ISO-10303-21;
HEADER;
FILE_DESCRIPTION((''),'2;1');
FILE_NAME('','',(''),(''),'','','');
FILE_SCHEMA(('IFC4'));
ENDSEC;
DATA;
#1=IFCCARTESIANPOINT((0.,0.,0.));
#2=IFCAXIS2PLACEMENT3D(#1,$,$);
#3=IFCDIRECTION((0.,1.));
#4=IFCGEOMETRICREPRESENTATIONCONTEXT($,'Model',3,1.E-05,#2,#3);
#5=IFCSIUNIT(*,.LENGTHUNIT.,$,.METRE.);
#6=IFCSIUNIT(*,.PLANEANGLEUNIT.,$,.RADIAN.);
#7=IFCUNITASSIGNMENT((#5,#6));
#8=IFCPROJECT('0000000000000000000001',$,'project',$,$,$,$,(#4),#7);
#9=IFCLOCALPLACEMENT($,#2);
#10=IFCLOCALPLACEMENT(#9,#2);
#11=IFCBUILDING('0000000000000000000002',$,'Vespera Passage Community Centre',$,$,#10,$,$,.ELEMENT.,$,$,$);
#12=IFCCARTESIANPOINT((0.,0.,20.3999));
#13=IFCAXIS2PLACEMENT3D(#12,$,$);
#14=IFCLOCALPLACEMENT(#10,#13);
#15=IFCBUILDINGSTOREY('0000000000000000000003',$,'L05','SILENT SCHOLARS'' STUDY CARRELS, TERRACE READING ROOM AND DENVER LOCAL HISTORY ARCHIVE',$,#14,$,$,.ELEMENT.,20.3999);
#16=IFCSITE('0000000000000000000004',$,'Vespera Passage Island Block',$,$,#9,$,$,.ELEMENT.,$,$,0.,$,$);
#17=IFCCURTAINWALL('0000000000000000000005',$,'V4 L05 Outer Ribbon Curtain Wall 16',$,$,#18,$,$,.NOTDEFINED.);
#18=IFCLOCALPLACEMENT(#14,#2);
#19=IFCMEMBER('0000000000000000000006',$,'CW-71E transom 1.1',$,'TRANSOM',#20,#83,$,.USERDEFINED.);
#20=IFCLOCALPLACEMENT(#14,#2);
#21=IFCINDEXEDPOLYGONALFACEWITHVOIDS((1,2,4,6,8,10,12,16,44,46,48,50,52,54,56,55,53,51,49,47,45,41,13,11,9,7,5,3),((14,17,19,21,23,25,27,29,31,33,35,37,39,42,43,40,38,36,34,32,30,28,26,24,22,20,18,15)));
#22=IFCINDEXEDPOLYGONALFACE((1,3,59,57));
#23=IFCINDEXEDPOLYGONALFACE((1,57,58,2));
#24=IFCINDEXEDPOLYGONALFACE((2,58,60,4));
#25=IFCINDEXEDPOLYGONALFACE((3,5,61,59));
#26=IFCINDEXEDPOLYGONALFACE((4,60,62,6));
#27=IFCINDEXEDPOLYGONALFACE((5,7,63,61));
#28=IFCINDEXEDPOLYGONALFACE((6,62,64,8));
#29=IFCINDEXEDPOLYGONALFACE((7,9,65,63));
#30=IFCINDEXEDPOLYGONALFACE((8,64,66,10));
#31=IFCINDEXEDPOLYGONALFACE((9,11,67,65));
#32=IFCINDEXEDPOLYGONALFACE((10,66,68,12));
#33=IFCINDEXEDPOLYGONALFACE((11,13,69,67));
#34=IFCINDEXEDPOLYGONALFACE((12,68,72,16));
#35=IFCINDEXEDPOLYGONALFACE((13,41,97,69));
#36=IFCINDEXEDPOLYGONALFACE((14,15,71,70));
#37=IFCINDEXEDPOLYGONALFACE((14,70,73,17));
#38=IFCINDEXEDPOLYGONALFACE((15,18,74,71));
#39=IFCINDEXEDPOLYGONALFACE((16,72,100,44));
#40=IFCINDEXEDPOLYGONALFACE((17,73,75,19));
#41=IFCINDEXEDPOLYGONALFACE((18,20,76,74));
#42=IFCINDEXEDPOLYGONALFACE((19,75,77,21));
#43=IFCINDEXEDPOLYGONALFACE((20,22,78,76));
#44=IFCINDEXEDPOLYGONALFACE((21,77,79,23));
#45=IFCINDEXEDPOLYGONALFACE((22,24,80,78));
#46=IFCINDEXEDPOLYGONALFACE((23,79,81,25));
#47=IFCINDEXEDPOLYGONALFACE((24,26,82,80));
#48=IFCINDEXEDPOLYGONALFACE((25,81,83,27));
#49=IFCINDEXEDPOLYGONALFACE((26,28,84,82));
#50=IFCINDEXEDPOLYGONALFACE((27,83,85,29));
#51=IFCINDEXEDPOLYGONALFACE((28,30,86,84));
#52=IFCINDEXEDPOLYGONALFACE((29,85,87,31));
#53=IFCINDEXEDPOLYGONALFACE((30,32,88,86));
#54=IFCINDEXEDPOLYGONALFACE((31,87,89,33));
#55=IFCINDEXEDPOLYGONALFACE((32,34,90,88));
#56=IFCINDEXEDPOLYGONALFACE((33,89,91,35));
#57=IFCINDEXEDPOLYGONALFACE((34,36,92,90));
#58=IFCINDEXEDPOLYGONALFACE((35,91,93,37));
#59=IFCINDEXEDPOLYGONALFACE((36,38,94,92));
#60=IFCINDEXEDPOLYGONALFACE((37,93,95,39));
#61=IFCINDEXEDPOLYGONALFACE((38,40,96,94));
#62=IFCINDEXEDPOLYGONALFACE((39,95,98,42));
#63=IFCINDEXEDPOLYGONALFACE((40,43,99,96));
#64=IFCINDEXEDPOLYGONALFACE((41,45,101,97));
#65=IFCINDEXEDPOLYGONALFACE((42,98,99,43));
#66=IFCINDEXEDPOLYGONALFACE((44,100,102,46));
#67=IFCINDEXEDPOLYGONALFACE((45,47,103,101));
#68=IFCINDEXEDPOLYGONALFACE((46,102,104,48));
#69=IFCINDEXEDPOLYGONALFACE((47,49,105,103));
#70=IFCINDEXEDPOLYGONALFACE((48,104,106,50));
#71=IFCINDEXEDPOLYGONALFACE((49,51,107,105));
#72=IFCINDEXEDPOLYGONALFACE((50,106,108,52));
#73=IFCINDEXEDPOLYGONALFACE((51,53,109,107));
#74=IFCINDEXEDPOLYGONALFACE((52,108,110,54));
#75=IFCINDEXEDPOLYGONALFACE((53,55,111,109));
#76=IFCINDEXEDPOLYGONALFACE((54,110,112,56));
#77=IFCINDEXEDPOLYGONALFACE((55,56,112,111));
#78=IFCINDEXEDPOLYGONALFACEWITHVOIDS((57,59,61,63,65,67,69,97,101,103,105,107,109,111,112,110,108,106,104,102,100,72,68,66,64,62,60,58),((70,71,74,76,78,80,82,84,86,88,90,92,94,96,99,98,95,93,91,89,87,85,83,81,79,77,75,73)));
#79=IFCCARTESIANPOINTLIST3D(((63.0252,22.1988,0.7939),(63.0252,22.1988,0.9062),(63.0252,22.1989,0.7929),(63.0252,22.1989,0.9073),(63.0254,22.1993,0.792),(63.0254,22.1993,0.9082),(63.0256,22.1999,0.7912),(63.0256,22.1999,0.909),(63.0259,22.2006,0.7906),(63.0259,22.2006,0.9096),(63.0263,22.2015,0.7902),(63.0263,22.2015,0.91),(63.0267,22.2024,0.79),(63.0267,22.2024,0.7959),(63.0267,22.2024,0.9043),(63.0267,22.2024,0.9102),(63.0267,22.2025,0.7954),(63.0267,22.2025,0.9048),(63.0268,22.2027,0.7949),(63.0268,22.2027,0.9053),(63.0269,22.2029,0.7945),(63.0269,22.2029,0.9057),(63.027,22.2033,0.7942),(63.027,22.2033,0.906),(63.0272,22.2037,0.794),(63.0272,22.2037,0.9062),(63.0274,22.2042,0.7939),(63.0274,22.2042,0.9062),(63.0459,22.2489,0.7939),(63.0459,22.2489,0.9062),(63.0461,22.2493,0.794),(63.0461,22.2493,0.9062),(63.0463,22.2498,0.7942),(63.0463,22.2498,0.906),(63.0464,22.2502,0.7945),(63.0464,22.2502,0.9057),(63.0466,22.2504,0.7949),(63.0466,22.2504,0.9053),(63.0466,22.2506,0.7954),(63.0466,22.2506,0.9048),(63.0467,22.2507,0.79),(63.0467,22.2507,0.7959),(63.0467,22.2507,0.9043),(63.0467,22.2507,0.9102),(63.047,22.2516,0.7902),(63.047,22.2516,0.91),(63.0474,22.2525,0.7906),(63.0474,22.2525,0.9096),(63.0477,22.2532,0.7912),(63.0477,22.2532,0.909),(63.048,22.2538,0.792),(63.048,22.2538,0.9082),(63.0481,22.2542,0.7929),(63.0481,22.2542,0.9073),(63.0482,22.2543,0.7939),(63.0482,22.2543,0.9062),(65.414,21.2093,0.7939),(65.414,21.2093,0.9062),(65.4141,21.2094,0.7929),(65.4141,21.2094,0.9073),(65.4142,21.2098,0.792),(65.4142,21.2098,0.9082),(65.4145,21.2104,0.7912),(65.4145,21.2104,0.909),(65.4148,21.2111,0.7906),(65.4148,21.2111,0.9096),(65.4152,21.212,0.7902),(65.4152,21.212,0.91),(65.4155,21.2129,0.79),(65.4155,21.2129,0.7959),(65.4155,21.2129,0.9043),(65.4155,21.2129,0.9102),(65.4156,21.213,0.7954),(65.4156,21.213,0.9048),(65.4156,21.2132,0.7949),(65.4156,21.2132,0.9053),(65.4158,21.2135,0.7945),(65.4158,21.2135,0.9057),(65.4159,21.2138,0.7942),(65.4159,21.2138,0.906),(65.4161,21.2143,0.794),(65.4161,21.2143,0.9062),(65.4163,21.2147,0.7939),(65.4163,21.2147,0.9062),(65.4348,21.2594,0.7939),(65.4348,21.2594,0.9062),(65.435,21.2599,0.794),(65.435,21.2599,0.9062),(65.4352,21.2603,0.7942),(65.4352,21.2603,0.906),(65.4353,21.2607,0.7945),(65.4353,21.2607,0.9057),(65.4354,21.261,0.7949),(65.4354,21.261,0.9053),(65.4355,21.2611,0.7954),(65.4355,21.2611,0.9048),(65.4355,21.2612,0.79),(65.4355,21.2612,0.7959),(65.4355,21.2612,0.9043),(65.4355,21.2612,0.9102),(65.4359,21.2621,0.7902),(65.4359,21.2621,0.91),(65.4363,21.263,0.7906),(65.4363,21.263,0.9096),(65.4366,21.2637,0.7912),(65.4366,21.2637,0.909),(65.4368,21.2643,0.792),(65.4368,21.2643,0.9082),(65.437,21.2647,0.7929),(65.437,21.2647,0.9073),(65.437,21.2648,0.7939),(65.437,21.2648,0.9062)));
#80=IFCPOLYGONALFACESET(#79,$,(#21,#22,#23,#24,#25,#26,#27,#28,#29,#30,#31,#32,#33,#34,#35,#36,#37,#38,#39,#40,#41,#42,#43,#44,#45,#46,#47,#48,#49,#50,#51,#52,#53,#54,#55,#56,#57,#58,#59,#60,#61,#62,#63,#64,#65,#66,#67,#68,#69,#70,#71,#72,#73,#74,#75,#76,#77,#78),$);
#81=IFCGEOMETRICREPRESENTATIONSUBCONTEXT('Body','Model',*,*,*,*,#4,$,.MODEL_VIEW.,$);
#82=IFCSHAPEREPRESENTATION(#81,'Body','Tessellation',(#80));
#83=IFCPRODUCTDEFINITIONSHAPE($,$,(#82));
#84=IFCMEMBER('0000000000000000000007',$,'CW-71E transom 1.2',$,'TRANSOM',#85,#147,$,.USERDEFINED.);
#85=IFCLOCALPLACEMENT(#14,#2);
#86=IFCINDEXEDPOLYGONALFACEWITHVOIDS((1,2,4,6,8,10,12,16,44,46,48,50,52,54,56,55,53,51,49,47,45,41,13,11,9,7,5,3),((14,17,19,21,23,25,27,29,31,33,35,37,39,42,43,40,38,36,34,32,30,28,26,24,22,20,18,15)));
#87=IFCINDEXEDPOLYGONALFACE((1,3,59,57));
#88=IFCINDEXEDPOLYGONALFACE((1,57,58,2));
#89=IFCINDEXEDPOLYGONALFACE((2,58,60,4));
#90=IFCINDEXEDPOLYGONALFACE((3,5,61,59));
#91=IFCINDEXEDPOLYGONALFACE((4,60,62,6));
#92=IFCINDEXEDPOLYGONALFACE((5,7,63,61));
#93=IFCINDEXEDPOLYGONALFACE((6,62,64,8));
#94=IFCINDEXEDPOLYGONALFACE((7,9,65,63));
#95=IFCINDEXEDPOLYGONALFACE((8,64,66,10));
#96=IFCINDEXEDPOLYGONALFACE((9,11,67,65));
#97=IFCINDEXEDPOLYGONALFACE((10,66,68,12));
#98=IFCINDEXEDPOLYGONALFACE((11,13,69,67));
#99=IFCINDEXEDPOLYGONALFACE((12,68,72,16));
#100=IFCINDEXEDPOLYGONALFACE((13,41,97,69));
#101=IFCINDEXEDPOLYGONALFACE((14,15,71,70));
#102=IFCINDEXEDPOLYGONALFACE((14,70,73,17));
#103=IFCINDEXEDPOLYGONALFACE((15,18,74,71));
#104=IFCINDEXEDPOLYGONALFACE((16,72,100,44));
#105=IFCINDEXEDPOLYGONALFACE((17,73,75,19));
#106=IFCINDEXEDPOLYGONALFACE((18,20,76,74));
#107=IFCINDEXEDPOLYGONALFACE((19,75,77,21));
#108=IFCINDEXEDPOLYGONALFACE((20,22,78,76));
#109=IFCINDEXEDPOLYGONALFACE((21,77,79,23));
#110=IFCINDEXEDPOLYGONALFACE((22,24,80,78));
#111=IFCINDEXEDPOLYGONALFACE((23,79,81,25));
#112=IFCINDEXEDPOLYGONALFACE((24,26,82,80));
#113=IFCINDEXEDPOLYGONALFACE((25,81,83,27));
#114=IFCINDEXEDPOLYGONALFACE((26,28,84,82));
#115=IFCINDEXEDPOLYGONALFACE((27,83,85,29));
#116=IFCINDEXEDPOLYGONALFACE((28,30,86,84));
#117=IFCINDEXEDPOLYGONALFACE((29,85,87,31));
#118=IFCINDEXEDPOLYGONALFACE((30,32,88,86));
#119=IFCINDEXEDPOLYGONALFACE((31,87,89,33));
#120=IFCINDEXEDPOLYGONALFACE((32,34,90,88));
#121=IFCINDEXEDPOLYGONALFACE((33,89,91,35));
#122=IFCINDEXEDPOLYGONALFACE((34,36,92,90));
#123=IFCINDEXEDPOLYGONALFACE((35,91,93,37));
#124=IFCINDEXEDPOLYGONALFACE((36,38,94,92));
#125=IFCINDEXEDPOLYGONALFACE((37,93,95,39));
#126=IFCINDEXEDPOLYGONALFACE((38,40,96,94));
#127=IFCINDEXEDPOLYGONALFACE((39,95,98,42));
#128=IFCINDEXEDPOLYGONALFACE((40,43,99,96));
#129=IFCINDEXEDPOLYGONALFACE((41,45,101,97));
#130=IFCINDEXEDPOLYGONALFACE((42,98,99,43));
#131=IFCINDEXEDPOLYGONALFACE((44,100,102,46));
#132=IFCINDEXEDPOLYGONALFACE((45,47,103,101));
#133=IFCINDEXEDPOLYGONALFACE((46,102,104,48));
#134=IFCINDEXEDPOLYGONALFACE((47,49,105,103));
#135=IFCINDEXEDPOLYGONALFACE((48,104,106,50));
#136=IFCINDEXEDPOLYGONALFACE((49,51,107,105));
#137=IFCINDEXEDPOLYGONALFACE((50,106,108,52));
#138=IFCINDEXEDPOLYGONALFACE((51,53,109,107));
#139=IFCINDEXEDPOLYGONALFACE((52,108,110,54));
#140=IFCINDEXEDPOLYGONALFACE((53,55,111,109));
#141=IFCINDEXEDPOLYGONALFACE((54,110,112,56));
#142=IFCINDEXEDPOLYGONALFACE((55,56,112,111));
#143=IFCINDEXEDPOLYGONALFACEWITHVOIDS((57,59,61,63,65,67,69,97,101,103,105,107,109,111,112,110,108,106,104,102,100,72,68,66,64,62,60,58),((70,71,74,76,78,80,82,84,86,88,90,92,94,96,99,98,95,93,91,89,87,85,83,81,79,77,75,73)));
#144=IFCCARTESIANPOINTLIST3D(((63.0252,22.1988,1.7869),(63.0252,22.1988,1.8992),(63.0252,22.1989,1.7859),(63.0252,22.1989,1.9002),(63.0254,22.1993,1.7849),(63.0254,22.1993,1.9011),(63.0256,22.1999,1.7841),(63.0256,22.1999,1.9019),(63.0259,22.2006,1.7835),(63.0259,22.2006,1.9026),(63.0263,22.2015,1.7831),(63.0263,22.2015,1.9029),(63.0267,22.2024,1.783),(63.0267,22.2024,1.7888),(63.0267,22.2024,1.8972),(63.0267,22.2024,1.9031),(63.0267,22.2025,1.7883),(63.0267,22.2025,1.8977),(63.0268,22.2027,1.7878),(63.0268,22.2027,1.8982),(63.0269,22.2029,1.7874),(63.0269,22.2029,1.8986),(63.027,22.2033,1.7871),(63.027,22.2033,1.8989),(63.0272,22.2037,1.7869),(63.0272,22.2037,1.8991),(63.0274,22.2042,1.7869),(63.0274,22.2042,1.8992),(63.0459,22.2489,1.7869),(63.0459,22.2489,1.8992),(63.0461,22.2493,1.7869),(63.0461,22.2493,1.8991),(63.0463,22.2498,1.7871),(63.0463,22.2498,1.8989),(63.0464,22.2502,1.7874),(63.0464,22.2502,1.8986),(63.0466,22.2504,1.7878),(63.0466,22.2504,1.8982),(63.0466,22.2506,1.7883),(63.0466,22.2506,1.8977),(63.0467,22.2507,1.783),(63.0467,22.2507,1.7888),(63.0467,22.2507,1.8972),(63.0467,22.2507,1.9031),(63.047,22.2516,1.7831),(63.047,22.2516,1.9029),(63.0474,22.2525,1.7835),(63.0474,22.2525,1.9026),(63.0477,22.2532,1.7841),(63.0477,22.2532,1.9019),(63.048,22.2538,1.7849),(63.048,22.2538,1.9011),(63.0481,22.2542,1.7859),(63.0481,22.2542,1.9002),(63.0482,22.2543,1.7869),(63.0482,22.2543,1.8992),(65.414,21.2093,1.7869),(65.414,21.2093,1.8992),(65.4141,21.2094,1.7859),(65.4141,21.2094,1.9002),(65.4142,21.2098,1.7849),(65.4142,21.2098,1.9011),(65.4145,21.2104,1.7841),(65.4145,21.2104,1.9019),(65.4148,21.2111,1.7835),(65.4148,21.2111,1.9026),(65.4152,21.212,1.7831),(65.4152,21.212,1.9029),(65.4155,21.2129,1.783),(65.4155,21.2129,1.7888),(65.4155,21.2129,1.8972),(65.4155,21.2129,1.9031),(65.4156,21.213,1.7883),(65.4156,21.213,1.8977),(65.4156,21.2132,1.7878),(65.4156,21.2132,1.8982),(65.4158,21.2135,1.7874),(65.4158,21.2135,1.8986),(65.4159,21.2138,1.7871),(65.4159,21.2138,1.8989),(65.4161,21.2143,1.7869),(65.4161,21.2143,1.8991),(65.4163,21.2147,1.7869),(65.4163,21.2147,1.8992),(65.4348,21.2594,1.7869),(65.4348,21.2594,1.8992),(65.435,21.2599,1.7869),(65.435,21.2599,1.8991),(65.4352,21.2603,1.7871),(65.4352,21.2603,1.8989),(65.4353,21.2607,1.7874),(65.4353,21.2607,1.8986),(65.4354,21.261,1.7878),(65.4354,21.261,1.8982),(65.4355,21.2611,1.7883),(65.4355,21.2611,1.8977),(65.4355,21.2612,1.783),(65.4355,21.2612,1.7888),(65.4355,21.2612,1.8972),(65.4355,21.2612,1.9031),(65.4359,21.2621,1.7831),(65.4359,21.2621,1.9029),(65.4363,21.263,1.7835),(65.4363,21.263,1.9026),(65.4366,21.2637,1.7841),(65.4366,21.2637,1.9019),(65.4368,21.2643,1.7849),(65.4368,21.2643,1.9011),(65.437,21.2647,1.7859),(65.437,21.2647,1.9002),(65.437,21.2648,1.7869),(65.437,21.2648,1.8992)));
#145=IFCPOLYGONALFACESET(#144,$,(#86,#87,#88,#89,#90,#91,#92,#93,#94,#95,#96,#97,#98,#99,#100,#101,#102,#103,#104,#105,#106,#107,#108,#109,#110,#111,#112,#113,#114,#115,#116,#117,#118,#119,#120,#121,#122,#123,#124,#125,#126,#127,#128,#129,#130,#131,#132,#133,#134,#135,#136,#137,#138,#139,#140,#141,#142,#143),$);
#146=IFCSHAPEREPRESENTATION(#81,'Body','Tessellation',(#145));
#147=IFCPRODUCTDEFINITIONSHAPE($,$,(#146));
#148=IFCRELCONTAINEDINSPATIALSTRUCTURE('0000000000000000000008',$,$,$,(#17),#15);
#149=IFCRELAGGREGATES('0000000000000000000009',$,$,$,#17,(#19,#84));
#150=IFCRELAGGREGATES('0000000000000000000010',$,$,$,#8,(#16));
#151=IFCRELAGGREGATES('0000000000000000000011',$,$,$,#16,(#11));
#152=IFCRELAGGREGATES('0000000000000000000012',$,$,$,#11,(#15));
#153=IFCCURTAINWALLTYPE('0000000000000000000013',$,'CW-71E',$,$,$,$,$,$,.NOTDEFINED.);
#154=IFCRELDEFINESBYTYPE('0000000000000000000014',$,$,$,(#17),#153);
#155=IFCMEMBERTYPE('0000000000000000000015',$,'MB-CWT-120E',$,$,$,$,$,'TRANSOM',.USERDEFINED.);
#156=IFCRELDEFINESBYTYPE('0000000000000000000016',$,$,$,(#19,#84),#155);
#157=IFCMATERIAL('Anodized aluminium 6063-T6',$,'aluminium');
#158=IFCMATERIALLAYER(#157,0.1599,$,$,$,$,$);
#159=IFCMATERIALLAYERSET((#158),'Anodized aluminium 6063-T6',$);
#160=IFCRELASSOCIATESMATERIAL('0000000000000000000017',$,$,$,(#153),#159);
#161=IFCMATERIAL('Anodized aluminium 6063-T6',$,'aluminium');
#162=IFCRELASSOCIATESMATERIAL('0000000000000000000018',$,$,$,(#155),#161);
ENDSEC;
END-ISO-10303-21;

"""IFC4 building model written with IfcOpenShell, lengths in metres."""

from ifc_helpers import new_model, si_unit, direction, frame, origin, origin_2d, place, context, subcontext, project, spatial, hollow_rectangle, extrude, material, layer, layer_set, material_profile, profile_set, type_object, element, aggregate, save


model = new_model("IFC4")

# Units and contexts
model_context = context("Model", 3, precision=1e-05, world=origin(), true_north=direction((0.0, 1.0)))
body_context = subcontext(model_context, "Body", "Model", "MODEL_VIEW")
ifc_project = project(units=[si_unit("LENGTHUNIT", "METRE"), si_unit("PLANEANGLEUNIT", "RADIAN")], contexts=[model_context])

# Site, building, storey
site_placement = place(None, origin())
site = spatial("IfcSite", under=ifc_project, at=site_placement, Name="Vespera Passage Island Block", CompositionType="ELEMENT", RefElevation=0.0)
building_placement = place(site_placement, origin())
building = spatial("IfcBuilding", under=site, at=building_placement, Name="Vespera Passage Community Centre", CompositionType="ELEMENT")
storey_placement = place(building_placement, frame((0.0, 0.0, 20.3999)))
storey = spatial("IfcBuildingStorey", under=building, at=storey_placement, Name="L05", Description="SILENT SCHOLARS' STUDY CARRELS, TERRACE READING ROOM AND DENVER LOCAL HISTORY ARCHIVE", CompositionType="ELEMENT", Elevation=20.3999)

# Curtain wall
ifc_material_1 = material(Name="Anodized aluminium 6063-T6", Category="aluminium")
ifc_layer_1 = layer(ifc_material_1, 0.1599)
ifc_layer_set_1 = layer_set([ifc_layer_1], Name="Anodized aluminium 6063-T6")
curtain_wall_type_1 = type_object("IfcCurtainWallType", Name="CW-71E", PredefinedType="NOTDEFINED", material=ifc_layer_set_1)
curtain_wall_1_placement = place(storey_placement, origin())
curtain_wall_1 = element("IfcCurtainWall", 1, at=curtain_wall_1_placement, inside=storey, type_object=curtain_wall_type_1, Name="V4 L05 Outer Ribbon Curtain Wall 16", PredefinedType="NOTDEFINED")

# Members
ifc_material_2 = material(Name="Anodized aluminium 6063-T6", Category="aluminium")
ifc_material_profile_1 = material_profile(ifc_material_2, hollow_rectangle(XDim=0.0601, YDim=0.1201, WallThickness=0.0039, InnerFilletRadius=0.002, OuterFilletRadius=0.0039, at=origin_2d()), Name="ALU120X60X4")
ifc_profile_set_1 = profile_set([ifc_material_profile_1], Name="Anodized aluminium 6063-T6")
member_type_1 = type_object("IfcMemberType", Name="MB-CWT-120E", ElementType="TRANSOM", PredefinedType="USERDEFINED", material=ifc_profile_set_1)
member_1_placement = place(storey_placement, frame((65.4255, 21.2371, 0.8501), z_axis=(-0.923882, 0.382677, 0.0), x_axis=(-0.382677, -0.923882, 0.0)))
member_1 = element("IfcMember", 2, at=member_1_placement, type_object=member_type_1, Name="CW-71E transom 1.1", ObjectType="TRANSOM", PredefinedType="USERDEFINED", context=body_context, shape_type="SweptSolid", body=[
    extrude(hollow_rectangle(XDim=0.0601, YDim=0.1201, WallThickness=0.0039, InnerFilletRadius=0.002, OuterFilletRadius=0.0039, at=origin_2d()), origin(), (0.0, 0.0, 1.0), 2.5857),
])
member_2_placement = place(storey_placement, frame((65.4255, 21.2371, 1.843), z_axis=(-0.923882, 0.382677, 0.0), x_axis=(-0.382677, -0.923882, 0.0)))
member_2 = element("IfcMember", 3, at=member_2_placement, type_object=member_type_1, Name="CW-71E transom 1.2", ObjectType="TRANSOM", PredefinedType="USERDEFINED", context=body_context, shape_type="SweptSolid", body=[
    extrude(hollow_rectangle(XDim=0.0601, YDim=0.1201, WallThickness=0.0039, InnerFilletRadius=0.002, OuterFilletRadius=0.0039, at=origin_2d()), origin(), (0.0, 0.0, 1.0), 2.5857),
])

aggregate(curtain_wall_1, [member_1, member_2])

save(model, "model.ifc")
